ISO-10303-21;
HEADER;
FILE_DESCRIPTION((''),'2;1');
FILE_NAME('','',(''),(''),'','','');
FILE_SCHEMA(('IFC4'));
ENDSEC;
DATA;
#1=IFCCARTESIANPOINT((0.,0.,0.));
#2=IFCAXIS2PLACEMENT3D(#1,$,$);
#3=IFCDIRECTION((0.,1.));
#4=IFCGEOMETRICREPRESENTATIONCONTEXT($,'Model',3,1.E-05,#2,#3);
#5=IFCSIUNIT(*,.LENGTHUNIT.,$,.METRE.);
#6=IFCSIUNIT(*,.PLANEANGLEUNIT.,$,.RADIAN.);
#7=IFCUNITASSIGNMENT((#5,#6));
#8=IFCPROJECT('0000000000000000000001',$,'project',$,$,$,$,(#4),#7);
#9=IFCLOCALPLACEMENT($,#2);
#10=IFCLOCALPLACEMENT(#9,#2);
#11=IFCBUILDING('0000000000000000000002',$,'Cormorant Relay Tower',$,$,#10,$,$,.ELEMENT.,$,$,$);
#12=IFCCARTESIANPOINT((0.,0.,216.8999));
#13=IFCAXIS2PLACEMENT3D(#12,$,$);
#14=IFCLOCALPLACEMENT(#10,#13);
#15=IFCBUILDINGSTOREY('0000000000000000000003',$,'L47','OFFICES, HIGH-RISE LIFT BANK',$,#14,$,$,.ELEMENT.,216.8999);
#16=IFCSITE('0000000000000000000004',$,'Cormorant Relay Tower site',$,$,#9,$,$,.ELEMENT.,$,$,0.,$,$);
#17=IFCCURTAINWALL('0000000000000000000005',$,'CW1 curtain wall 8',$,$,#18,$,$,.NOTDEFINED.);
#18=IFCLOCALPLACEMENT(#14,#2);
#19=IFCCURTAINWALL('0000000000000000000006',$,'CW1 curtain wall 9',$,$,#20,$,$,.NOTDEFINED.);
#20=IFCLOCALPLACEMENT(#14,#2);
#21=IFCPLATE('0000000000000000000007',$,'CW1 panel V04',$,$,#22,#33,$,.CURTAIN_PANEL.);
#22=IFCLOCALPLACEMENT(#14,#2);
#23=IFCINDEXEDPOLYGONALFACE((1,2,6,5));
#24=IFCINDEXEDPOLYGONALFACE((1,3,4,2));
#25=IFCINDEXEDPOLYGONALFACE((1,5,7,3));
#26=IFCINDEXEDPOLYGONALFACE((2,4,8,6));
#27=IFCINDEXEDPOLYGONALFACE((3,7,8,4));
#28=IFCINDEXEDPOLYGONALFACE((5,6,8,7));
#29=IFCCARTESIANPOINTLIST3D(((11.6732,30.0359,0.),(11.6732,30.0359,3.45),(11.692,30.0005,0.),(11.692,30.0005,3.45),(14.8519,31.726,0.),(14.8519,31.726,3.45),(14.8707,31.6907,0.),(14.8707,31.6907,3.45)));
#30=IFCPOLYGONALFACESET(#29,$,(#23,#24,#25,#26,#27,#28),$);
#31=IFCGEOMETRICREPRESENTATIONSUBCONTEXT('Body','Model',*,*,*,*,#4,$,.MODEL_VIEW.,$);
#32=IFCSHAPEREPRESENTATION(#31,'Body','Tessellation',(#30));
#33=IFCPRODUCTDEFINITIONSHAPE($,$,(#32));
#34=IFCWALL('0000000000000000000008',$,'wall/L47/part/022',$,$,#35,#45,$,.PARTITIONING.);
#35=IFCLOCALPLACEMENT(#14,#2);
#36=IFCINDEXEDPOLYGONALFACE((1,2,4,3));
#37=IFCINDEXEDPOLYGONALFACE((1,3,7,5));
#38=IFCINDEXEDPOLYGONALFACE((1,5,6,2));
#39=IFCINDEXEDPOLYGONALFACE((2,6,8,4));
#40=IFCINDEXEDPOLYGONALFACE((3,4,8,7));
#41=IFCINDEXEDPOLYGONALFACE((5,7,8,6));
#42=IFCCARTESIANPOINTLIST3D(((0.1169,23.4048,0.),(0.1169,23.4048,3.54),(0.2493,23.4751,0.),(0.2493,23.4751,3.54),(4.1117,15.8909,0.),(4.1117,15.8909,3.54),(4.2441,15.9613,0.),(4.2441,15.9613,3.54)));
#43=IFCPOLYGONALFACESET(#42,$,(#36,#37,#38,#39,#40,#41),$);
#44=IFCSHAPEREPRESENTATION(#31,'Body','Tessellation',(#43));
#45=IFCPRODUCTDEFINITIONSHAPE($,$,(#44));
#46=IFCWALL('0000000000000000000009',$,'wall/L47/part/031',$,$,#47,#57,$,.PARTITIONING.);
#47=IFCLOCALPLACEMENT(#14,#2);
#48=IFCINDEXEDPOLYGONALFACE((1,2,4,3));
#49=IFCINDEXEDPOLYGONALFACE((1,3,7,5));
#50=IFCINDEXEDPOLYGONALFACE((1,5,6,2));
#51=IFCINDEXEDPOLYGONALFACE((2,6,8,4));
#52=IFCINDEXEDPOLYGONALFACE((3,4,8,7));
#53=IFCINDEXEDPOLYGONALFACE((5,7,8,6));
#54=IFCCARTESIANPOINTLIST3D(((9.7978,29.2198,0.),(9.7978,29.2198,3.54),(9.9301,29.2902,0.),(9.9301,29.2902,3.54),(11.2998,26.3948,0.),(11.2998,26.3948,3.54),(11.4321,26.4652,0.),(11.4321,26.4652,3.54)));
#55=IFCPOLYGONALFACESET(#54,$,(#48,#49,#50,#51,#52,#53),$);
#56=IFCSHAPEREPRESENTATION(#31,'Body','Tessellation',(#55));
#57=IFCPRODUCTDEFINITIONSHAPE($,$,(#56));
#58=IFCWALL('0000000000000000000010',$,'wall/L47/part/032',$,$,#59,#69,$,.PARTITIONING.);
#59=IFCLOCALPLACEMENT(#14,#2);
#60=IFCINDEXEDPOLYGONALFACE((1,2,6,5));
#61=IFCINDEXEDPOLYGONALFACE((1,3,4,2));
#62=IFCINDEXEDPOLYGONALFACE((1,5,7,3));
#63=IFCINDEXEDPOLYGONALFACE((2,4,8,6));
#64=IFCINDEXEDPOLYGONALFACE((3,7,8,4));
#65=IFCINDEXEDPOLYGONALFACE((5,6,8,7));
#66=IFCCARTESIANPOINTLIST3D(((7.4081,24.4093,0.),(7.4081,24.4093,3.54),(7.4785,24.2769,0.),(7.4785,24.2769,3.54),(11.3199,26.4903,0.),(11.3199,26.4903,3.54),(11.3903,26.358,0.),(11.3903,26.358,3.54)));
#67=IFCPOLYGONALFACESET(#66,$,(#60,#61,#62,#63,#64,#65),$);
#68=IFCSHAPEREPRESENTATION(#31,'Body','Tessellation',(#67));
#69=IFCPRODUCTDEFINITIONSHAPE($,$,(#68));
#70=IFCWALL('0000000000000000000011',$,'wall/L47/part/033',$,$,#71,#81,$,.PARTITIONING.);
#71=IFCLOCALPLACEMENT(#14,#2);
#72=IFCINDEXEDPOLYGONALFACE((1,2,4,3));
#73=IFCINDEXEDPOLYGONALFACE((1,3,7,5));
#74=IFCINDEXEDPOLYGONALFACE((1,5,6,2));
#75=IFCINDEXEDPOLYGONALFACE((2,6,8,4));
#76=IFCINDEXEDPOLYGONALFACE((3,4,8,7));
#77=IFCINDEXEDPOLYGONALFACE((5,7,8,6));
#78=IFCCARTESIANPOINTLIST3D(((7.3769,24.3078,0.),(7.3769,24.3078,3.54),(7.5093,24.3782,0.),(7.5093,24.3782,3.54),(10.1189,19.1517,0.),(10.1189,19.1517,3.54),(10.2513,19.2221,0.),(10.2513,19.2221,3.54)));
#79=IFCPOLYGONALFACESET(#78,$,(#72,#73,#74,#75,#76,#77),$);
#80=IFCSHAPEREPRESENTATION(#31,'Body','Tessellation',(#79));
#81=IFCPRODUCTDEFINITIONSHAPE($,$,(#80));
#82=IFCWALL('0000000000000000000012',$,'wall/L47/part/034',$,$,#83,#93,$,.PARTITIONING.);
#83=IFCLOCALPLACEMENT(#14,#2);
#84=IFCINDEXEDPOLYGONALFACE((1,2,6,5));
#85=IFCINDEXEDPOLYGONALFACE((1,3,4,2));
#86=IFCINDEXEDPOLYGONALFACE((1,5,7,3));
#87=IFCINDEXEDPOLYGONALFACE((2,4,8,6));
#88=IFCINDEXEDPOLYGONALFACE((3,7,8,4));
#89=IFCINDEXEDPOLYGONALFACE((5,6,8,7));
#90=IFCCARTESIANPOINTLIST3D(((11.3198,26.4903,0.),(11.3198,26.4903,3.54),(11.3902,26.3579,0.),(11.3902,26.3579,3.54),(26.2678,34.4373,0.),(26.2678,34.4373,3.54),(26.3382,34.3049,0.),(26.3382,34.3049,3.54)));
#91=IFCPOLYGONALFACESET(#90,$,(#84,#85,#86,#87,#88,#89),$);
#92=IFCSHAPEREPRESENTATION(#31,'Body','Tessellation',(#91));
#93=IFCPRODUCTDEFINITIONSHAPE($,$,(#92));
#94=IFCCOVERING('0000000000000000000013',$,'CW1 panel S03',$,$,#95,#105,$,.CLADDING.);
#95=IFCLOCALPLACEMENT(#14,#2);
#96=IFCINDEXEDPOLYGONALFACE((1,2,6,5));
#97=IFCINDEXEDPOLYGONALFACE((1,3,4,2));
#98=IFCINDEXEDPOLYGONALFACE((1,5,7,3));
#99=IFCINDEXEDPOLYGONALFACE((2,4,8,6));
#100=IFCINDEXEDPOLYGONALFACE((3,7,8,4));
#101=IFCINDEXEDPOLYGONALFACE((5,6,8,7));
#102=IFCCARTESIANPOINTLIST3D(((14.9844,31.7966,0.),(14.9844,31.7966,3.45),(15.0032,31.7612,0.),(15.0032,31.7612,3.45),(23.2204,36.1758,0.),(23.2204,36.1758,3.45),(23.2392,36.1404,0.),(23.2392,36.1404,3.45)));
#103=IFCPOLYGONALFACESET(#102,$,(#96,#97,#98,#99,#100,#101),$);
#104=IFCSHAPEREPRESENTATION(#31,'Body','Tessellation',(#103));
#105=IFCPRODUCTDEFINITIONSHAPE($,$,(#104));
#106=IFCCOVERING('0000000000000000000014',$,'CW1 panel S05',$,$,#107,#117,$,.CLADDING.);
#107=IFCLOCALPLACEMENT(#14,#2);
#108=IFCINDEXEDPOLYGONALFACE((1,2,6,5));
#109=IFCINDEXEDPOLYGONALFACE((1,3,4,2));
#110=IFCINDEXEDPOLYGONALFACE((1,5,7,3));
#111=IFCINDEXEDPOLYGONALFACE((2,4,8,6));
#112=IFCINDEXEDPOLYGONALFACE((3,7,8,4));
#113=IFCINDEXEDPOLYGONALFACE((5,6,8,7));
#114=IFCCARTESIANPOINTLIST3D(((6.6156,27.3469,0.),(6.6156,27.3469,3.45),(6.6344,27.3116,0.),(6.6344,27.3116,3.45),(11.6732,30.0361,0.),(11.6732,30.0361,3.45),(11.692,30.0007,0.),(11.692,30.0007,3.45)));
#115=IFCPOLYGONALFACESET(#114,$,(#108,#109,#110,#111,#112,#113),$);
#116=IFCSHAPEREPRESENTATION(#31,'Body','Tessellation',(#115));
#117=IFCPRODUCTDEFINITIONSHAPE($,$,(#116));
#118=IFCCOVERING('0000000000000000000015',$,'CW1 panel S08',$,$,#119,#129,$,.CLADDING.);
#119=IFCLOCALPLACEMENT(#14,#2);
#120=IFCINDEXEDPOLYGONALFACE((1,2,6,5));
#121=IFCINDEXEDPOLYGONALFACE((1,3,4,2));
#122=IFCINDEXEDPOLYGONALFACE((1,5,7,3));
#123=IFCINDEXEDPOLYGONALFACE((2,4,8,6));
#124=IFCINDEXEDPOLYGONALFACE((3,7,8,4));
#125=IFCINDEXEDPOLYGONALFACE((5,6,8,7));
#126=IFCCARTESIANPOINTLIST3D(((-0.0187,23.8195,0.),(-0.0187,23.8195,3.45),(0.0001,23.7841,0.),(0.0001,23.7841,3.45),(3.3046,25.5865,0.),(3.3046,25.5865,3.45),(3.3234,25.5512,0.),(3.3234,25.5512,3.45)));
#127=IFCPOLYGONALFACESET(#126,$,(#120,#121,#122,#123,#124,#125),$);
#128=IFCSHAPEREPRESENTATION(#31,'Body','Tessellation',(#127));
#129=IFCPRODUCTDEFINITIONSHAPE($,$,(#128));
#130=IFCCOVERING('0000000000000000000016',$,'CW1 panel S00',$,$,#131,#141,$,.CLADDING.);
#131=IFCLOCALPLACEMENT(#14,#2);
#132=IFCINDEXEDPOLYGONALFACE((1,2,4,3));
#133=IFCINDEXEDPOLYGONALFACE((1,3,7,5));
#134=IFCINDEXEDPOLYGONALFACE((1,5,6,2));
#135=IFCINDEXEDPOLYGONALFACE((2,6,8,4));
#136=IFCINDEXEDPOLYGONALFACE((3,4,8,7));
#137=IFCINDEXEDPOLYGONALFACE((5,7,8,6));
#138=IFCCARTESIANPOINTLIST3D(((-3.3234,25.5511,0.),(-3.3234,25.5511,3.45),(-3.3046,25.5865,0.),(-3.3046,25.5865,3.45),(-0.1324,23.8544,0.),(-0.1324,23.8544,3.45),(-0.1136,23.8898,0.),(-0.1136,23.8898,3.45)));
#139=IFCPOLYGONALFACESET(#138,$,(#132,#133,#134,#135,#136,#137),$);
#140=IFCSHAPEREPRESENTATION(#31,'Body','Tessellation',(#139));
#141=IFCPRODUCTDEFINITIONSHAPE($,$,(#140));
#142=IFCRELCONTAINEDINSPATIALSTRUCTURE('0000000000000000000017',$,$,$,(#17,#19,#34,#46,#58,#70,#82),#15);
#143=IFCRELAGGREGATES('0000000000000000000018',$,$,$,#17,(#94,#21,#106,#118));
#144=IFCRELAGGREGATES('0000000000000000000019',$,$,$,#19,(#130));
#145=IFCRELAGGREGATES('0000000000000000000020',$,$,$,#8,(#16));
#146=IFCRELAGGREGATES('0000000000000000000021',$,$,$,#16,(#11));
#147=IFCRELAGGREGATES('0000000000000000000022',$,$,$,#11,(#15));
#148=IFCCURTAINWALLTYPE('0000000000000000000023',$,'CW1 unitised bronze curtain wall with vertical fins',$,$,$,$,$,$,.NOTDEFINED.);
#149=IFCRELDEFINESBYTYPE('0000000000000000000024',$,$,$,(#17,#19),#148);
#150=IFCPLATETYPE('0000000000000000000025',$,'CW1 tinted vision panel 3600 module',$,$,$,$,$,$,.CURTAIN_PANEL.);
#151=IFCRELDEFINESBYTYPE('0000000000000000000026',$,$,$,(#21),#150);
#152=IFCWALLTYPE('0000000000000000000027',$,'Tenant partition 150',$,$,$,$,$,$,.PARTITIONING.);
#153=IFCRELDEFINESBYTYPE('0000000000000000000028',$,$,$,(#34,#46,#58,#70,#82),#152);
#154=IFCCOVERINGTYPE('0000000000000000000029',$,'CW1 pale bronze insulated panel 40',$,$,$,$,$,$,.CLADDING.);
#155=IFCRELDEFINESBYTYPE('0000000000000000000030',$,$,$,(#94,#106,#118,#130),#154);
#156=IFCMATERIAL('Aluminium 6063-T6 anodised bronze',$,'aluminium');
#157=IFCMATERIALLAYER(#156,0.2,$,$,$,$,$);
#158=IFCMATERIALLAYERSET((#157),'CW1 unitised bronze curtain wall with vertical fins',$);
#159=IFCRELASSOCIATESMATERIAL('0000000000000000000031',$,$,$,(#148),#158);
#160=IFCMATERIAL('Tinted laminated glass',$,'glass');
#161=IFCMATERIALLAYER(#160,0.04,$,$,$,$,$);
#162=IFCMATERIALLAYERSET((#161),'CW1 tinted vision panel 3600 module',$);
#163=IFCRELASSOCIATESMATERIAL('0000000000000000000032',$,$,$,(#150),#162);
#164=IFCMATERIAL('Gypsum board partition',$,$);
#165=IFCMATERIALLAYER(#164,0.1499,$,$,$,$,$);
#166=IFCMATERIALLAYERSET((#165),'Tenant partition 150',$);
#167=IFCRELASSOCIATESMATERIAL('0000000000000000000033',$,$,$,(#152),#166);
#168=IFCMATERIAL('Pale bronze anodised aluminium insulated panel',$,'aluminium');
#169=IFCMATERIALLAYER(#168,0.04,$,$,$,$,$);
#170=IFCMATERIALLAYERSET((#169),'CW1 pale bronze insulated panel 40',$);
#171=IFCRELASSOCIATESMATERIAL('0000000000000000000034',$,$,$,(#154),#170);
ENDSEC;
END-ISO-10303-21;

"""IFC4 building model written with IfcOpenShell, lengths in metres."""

from ifc_helpers import new_model, si_unit, direction, frame, frame_2d, origin, origin_2d, place, context, subcontext, project, spatial, rectangle, extrude, material, layer, layer_set, type_object, element, aggregate, save


model = new_model("IFC4")

# Units and contexts
model_context = context("Model", 3, precision=1e-05, world=origin(), true_north=direction((0.0, 1.0)))
body_context = subcontext(model_context, "Body", "Model", "MODEL_VIEW")
ifc_project = project(units=[si_unit("LENGTHUNIT", "METRE"), si_unit("PLANEANGLEUNIT", "RADIAN")], contexts=[model_context])

# Site, building, storey
site_placement = place(None, origin())
site = spatial("IfcSite", under=ifc_project, at=site_placement, Name="Cormorant Relay Tower site", CompositionType="ELEMENT", RefElevation=0.0)
building_placement = place(site_placement, origin())
building = spatial("IfcBuilding", under=site, at=building_placement, Name="Cormorant Relay Tower", CompositionType="ELEMENT")
storey_placement = place(building_placement, frame((0.0, 0.0, 216.8999)))
storey = spatial("IfcBuildingStorey", under=building, at=storey_placement, Name="L47", Description="OFFICES, HIGH-RISE LIFT BANK", CompositionType="ELEMENT", Elevation=216.8999)

# Curtain walls
ifc_material_1 = material(Name="Aluminium 6063-T6 anodised bronze", Category="aluminium")
ifc_layer_1 = layer(ifc_material_1, 0.2)
ifc_layer_set_1 = layer_set([ifc_layer_1], Name="CW1 unitised bronze curtain wall with vertical fins")
curtain_wall_type = type_object("IfcCurtainWallType", Name="CW1 unitised bronze curtain wall with vertical fins", PredefinedType="NOTDEFINED", material=ifc_layer_set_1)
curtain_wall_1_placement = place(storey_placement, origin())
curtain_wall_1 = element("IfcCurtainWall", 1, at=curtain_wall_1_placement, inside=storey, type_object=curtain_wall_type, Name="CW1 curtain wall 8", PredefinedType="NOTDEFINED")
curtain_wall_2_placement = place(storey_placement, origin())
curtain_wall_2 = element("IfcCurtainWall", 2, at=curtain_wall_2_placement, inside=storey, type_object=curtain_wall_type, Name="CW1 curtain wall 9", PredefinedType="NOTDEFINED")

# Plate
ifc_material_2 = material(Name="Tinted laminated glass", Category="glass")
ifc_layer_2 = layer(ifc_material_2, 0.04)
ifc_layer_set_2 = layer_set([ifc_layer_2], Name="CW1 tinted vision panel 3600 module")
plate_type_1 = type_object("IfcPlateType", Name="CW1 tinted vision panel 3600 module", PredefinedType="CURTAIN_PANEL", material=ifc_layer_set_2)
plate_1_placement = place(storey_placement, frame((13.272, 30.8633, 0.0), z_axis=(0.0, 0.0, 1.0), x_axis=(-0.882948, -0.469472, 0.0)))
plate_1 = element("IfcPlate", 3, at=plate_1_placement, type_object=plate_type_1, Name="CW1 panel V04", PredefinedType="CURTAIN_PANEL", context=body_context, shape_type="SweptSolid", body=[
    extrude(rectangle(XDim=3.6001, YDim=0.04, at=origin_2d()), origin(), (0.0, 0.0, 1.0), 3.45),
])

# Walls
ifc_material_3 = material(Name="Gypsum board partition")
ifc_layer_3 = layer(ifc_material_3, 0.1499)
ifc_layer_set_3 = layer_set([ifc_layer_3], Name="Tenant partition 150")
wall_type = type_object("IfcWallType", Name="Tenant partition 150", PredefinedType="PARTITIONING", material=ifc_layer_set_3)
wall_1_placement = place(storey_placement, frame((0.1831, 23.4399, 0.0), z_axis=(0.0, 0.0, 1.0), x_axis=(0.46944, -0.882964, 0.0)))
element("IfcWall", 4, at=wall_1_placement, inside=storey, type_object=wall_type, Name="wall/L47/part/022", PredefinedType="PARTITIONING", context=body_context, shape_type="SweptSolid", body=[
    extrude(rectangle(XDim=8.5098, YDim=0.1499, at=frame_2d((4.2549, 0.0))), origin(), (0.0, 0.0, 1.0), 3.54),
])
wall_2_placement = place(storey_placement, frame((9.864, 29.2549, 0.0), z_axis=(0.0, 0.0, 1.0), x_axis=(0.469447, -0.882961, 0.0)))
element("IfcWall", 5, at=wall_2_placement, inside=storey, type_object=wall_type, Name="wall/L47/part/031", PredefinedType="PARTITIONING", context=body_context, shape_type="SweptSolid", body=[
    extrude(rectangle(XDim=3.1995, YDim=0.1499, at=frame_2d((1.5996, 0.0))), origin(), (0.0, 0.0, 1.0), 3.54),
])
wall_3_placement = place(storey_placement, frame((11.355, 26.4241, 0.0), z_axis=(0.0, 0.0, 1.0), x_axis=(-0.882847, -0.469661, 0.0)))
element("IfcWall", 6, at=wall_3_placement, inside=storey, type_object=wall_type, Name="wall/L47/part/032", PredefinedType="PARTITIONING", context=body_context, shape_type="SweptSolid", body=[
    extrude(rectangle(XDim=4.4309, YDim=0.1499, at=frame_2d((2.2153, 0.0))), origin(), (0.0, 0.0, 1.0), 3.54),
])
wall_4_placement = place(storey_placement, frame((7.4431, 24.343, 0.0), z_axis=(0.0, 0.0, 1.0), x_axis=(0.469531, -0.882916, 0.0)))
element("IfcWall", 7, at=wall_4_placement, inside=storey, type_object=wall_type, Name="wall/L47/part/033", PredefinedType="PARTITIONING", context=body_context, shape_type="SweptSolid", body=[
    extrude(rectangle(XDim=5.8398, YDim=0.1499, at=frame_2d((2.9199, 0.0))), origin(), (0.0, 0.0, 1.0), 3.54),
])
wall_5_placement = place(storey_placement, frame((11.355, 26.4241, 0.0), z_axis=(0.0, 0.0, 1.0), x_axis=(0.882971, 0.469427, 0.0)))
element("IfcWall", 8, at=wall_5_placement, inside=storey, type_object=wall_type, Name="wall/L47/part/034", PredefinedType="PARTITIONING", context=body_context, shape_type="SweptSolid", body=[
    extrude(rectangle(XDim=16.9292, YDim=0.1499, at=frame_2d((8.4646, 0.0))), origin(), (0.0, 0.0, 1.0), 3.54),
])

# Coverings
ifc_material_4 = material(Name="Pale bronze anodised aluminium insulated panel", Category="aluminium")
ifc_layer_4 = layer(ifc_material_4, 0.04)
ifc_layer_set_4 = layer_set([ifc_layer_4], Name="CW1 pale bronze insulated panel 40")
covering_type = type_object("IfcCoveringType", Name="CW1 pale bronze insulated panel 40", PredefinedType="CLADDING", material=ifc_layer_set_4)
covering_1_placement = place(storey_placement, frame((19.1118, 33.9685, 0.0), z_axis=(0.0, 0.0, 1.0), x_axis=(-0.882948, -0.469472, 0.0)))
covering_1 = element("IfcCovering", 9, at=covering_1_placement, type_object=covering_type, Name="CW1 panel S03", PredefinedType="CLADDING", context=body_context, shape_type="SweptSolid", body=[
    extrude(rectangle(XDim=9.3279, YDim=0.04, at=origin_2d()), origin(), (0.0, 0.0, 1.0), 3.45),
])
covering_2_placement = place(storey_placement, frame((9.1538, 28.6738, 0.0), z_axis=(0.0, 0.0, 1.0), x_axis=(-0.882948, -0.469472, 0.0)))
covering_2 = element("IfcCovering", 10, at=covering_2_placement, type_object=covering_type, Name="CW1 panel S05", PredefinedType="CLADDING", context=body_context, shape_type="SweptSolid", body=[
    extrude(rectangle(XDim=5.728, YDim=0.04, at=origin_2d()), origin(), (0.0, 0.0, 1.0), 3.45),
])
covering_3_placement = place(storey_placement, frame((1.6523, 24.6853, 0.0), z_axis=(0.0, 0.0, 1.0), x_axis=(-0.882948, -0.469472, 0.0)))
covering_3 = element("IfcCovering", 11, at=covering_3_placement, type_object=covering_type, Name="CW1 panel S08", PredefinedType="CLADDING", context=body_context, shape_type="SweptSolid", body=[
    extrude(rectangle(XDim=3.7639, YDim=0.04, at=origin_2d()), origin(), (0.0, 0.0, 1.0), 3.45),
])
aggregate(curtain_wall_1, [covering_1, plate_1, covering_2, covering_3])
covering_4_placement = place(storey_placement, frame((-1.7185, 24.7205, 0.0), z_axis=(0.0, 0.0, 1.0), x_axis=(-0.882948, 0.469472, 0.0)))
covering_4 = element("IfcCovering", 12, at=covering_4_placement, type_object=covering_type, Name="CW1 panel S00", PredefinedType="CLADDING", context=body_context, shape_type="SweptSolid", body=[
    extrude(rectangle(XDim=3.614, YDim=0.04, at=origin_2d()), origin(), (0.0, 0.0, 1.0), 3.45),
])
aggregate(curtain_wall_2, [covering_4])

save(model, "model.ifc")
